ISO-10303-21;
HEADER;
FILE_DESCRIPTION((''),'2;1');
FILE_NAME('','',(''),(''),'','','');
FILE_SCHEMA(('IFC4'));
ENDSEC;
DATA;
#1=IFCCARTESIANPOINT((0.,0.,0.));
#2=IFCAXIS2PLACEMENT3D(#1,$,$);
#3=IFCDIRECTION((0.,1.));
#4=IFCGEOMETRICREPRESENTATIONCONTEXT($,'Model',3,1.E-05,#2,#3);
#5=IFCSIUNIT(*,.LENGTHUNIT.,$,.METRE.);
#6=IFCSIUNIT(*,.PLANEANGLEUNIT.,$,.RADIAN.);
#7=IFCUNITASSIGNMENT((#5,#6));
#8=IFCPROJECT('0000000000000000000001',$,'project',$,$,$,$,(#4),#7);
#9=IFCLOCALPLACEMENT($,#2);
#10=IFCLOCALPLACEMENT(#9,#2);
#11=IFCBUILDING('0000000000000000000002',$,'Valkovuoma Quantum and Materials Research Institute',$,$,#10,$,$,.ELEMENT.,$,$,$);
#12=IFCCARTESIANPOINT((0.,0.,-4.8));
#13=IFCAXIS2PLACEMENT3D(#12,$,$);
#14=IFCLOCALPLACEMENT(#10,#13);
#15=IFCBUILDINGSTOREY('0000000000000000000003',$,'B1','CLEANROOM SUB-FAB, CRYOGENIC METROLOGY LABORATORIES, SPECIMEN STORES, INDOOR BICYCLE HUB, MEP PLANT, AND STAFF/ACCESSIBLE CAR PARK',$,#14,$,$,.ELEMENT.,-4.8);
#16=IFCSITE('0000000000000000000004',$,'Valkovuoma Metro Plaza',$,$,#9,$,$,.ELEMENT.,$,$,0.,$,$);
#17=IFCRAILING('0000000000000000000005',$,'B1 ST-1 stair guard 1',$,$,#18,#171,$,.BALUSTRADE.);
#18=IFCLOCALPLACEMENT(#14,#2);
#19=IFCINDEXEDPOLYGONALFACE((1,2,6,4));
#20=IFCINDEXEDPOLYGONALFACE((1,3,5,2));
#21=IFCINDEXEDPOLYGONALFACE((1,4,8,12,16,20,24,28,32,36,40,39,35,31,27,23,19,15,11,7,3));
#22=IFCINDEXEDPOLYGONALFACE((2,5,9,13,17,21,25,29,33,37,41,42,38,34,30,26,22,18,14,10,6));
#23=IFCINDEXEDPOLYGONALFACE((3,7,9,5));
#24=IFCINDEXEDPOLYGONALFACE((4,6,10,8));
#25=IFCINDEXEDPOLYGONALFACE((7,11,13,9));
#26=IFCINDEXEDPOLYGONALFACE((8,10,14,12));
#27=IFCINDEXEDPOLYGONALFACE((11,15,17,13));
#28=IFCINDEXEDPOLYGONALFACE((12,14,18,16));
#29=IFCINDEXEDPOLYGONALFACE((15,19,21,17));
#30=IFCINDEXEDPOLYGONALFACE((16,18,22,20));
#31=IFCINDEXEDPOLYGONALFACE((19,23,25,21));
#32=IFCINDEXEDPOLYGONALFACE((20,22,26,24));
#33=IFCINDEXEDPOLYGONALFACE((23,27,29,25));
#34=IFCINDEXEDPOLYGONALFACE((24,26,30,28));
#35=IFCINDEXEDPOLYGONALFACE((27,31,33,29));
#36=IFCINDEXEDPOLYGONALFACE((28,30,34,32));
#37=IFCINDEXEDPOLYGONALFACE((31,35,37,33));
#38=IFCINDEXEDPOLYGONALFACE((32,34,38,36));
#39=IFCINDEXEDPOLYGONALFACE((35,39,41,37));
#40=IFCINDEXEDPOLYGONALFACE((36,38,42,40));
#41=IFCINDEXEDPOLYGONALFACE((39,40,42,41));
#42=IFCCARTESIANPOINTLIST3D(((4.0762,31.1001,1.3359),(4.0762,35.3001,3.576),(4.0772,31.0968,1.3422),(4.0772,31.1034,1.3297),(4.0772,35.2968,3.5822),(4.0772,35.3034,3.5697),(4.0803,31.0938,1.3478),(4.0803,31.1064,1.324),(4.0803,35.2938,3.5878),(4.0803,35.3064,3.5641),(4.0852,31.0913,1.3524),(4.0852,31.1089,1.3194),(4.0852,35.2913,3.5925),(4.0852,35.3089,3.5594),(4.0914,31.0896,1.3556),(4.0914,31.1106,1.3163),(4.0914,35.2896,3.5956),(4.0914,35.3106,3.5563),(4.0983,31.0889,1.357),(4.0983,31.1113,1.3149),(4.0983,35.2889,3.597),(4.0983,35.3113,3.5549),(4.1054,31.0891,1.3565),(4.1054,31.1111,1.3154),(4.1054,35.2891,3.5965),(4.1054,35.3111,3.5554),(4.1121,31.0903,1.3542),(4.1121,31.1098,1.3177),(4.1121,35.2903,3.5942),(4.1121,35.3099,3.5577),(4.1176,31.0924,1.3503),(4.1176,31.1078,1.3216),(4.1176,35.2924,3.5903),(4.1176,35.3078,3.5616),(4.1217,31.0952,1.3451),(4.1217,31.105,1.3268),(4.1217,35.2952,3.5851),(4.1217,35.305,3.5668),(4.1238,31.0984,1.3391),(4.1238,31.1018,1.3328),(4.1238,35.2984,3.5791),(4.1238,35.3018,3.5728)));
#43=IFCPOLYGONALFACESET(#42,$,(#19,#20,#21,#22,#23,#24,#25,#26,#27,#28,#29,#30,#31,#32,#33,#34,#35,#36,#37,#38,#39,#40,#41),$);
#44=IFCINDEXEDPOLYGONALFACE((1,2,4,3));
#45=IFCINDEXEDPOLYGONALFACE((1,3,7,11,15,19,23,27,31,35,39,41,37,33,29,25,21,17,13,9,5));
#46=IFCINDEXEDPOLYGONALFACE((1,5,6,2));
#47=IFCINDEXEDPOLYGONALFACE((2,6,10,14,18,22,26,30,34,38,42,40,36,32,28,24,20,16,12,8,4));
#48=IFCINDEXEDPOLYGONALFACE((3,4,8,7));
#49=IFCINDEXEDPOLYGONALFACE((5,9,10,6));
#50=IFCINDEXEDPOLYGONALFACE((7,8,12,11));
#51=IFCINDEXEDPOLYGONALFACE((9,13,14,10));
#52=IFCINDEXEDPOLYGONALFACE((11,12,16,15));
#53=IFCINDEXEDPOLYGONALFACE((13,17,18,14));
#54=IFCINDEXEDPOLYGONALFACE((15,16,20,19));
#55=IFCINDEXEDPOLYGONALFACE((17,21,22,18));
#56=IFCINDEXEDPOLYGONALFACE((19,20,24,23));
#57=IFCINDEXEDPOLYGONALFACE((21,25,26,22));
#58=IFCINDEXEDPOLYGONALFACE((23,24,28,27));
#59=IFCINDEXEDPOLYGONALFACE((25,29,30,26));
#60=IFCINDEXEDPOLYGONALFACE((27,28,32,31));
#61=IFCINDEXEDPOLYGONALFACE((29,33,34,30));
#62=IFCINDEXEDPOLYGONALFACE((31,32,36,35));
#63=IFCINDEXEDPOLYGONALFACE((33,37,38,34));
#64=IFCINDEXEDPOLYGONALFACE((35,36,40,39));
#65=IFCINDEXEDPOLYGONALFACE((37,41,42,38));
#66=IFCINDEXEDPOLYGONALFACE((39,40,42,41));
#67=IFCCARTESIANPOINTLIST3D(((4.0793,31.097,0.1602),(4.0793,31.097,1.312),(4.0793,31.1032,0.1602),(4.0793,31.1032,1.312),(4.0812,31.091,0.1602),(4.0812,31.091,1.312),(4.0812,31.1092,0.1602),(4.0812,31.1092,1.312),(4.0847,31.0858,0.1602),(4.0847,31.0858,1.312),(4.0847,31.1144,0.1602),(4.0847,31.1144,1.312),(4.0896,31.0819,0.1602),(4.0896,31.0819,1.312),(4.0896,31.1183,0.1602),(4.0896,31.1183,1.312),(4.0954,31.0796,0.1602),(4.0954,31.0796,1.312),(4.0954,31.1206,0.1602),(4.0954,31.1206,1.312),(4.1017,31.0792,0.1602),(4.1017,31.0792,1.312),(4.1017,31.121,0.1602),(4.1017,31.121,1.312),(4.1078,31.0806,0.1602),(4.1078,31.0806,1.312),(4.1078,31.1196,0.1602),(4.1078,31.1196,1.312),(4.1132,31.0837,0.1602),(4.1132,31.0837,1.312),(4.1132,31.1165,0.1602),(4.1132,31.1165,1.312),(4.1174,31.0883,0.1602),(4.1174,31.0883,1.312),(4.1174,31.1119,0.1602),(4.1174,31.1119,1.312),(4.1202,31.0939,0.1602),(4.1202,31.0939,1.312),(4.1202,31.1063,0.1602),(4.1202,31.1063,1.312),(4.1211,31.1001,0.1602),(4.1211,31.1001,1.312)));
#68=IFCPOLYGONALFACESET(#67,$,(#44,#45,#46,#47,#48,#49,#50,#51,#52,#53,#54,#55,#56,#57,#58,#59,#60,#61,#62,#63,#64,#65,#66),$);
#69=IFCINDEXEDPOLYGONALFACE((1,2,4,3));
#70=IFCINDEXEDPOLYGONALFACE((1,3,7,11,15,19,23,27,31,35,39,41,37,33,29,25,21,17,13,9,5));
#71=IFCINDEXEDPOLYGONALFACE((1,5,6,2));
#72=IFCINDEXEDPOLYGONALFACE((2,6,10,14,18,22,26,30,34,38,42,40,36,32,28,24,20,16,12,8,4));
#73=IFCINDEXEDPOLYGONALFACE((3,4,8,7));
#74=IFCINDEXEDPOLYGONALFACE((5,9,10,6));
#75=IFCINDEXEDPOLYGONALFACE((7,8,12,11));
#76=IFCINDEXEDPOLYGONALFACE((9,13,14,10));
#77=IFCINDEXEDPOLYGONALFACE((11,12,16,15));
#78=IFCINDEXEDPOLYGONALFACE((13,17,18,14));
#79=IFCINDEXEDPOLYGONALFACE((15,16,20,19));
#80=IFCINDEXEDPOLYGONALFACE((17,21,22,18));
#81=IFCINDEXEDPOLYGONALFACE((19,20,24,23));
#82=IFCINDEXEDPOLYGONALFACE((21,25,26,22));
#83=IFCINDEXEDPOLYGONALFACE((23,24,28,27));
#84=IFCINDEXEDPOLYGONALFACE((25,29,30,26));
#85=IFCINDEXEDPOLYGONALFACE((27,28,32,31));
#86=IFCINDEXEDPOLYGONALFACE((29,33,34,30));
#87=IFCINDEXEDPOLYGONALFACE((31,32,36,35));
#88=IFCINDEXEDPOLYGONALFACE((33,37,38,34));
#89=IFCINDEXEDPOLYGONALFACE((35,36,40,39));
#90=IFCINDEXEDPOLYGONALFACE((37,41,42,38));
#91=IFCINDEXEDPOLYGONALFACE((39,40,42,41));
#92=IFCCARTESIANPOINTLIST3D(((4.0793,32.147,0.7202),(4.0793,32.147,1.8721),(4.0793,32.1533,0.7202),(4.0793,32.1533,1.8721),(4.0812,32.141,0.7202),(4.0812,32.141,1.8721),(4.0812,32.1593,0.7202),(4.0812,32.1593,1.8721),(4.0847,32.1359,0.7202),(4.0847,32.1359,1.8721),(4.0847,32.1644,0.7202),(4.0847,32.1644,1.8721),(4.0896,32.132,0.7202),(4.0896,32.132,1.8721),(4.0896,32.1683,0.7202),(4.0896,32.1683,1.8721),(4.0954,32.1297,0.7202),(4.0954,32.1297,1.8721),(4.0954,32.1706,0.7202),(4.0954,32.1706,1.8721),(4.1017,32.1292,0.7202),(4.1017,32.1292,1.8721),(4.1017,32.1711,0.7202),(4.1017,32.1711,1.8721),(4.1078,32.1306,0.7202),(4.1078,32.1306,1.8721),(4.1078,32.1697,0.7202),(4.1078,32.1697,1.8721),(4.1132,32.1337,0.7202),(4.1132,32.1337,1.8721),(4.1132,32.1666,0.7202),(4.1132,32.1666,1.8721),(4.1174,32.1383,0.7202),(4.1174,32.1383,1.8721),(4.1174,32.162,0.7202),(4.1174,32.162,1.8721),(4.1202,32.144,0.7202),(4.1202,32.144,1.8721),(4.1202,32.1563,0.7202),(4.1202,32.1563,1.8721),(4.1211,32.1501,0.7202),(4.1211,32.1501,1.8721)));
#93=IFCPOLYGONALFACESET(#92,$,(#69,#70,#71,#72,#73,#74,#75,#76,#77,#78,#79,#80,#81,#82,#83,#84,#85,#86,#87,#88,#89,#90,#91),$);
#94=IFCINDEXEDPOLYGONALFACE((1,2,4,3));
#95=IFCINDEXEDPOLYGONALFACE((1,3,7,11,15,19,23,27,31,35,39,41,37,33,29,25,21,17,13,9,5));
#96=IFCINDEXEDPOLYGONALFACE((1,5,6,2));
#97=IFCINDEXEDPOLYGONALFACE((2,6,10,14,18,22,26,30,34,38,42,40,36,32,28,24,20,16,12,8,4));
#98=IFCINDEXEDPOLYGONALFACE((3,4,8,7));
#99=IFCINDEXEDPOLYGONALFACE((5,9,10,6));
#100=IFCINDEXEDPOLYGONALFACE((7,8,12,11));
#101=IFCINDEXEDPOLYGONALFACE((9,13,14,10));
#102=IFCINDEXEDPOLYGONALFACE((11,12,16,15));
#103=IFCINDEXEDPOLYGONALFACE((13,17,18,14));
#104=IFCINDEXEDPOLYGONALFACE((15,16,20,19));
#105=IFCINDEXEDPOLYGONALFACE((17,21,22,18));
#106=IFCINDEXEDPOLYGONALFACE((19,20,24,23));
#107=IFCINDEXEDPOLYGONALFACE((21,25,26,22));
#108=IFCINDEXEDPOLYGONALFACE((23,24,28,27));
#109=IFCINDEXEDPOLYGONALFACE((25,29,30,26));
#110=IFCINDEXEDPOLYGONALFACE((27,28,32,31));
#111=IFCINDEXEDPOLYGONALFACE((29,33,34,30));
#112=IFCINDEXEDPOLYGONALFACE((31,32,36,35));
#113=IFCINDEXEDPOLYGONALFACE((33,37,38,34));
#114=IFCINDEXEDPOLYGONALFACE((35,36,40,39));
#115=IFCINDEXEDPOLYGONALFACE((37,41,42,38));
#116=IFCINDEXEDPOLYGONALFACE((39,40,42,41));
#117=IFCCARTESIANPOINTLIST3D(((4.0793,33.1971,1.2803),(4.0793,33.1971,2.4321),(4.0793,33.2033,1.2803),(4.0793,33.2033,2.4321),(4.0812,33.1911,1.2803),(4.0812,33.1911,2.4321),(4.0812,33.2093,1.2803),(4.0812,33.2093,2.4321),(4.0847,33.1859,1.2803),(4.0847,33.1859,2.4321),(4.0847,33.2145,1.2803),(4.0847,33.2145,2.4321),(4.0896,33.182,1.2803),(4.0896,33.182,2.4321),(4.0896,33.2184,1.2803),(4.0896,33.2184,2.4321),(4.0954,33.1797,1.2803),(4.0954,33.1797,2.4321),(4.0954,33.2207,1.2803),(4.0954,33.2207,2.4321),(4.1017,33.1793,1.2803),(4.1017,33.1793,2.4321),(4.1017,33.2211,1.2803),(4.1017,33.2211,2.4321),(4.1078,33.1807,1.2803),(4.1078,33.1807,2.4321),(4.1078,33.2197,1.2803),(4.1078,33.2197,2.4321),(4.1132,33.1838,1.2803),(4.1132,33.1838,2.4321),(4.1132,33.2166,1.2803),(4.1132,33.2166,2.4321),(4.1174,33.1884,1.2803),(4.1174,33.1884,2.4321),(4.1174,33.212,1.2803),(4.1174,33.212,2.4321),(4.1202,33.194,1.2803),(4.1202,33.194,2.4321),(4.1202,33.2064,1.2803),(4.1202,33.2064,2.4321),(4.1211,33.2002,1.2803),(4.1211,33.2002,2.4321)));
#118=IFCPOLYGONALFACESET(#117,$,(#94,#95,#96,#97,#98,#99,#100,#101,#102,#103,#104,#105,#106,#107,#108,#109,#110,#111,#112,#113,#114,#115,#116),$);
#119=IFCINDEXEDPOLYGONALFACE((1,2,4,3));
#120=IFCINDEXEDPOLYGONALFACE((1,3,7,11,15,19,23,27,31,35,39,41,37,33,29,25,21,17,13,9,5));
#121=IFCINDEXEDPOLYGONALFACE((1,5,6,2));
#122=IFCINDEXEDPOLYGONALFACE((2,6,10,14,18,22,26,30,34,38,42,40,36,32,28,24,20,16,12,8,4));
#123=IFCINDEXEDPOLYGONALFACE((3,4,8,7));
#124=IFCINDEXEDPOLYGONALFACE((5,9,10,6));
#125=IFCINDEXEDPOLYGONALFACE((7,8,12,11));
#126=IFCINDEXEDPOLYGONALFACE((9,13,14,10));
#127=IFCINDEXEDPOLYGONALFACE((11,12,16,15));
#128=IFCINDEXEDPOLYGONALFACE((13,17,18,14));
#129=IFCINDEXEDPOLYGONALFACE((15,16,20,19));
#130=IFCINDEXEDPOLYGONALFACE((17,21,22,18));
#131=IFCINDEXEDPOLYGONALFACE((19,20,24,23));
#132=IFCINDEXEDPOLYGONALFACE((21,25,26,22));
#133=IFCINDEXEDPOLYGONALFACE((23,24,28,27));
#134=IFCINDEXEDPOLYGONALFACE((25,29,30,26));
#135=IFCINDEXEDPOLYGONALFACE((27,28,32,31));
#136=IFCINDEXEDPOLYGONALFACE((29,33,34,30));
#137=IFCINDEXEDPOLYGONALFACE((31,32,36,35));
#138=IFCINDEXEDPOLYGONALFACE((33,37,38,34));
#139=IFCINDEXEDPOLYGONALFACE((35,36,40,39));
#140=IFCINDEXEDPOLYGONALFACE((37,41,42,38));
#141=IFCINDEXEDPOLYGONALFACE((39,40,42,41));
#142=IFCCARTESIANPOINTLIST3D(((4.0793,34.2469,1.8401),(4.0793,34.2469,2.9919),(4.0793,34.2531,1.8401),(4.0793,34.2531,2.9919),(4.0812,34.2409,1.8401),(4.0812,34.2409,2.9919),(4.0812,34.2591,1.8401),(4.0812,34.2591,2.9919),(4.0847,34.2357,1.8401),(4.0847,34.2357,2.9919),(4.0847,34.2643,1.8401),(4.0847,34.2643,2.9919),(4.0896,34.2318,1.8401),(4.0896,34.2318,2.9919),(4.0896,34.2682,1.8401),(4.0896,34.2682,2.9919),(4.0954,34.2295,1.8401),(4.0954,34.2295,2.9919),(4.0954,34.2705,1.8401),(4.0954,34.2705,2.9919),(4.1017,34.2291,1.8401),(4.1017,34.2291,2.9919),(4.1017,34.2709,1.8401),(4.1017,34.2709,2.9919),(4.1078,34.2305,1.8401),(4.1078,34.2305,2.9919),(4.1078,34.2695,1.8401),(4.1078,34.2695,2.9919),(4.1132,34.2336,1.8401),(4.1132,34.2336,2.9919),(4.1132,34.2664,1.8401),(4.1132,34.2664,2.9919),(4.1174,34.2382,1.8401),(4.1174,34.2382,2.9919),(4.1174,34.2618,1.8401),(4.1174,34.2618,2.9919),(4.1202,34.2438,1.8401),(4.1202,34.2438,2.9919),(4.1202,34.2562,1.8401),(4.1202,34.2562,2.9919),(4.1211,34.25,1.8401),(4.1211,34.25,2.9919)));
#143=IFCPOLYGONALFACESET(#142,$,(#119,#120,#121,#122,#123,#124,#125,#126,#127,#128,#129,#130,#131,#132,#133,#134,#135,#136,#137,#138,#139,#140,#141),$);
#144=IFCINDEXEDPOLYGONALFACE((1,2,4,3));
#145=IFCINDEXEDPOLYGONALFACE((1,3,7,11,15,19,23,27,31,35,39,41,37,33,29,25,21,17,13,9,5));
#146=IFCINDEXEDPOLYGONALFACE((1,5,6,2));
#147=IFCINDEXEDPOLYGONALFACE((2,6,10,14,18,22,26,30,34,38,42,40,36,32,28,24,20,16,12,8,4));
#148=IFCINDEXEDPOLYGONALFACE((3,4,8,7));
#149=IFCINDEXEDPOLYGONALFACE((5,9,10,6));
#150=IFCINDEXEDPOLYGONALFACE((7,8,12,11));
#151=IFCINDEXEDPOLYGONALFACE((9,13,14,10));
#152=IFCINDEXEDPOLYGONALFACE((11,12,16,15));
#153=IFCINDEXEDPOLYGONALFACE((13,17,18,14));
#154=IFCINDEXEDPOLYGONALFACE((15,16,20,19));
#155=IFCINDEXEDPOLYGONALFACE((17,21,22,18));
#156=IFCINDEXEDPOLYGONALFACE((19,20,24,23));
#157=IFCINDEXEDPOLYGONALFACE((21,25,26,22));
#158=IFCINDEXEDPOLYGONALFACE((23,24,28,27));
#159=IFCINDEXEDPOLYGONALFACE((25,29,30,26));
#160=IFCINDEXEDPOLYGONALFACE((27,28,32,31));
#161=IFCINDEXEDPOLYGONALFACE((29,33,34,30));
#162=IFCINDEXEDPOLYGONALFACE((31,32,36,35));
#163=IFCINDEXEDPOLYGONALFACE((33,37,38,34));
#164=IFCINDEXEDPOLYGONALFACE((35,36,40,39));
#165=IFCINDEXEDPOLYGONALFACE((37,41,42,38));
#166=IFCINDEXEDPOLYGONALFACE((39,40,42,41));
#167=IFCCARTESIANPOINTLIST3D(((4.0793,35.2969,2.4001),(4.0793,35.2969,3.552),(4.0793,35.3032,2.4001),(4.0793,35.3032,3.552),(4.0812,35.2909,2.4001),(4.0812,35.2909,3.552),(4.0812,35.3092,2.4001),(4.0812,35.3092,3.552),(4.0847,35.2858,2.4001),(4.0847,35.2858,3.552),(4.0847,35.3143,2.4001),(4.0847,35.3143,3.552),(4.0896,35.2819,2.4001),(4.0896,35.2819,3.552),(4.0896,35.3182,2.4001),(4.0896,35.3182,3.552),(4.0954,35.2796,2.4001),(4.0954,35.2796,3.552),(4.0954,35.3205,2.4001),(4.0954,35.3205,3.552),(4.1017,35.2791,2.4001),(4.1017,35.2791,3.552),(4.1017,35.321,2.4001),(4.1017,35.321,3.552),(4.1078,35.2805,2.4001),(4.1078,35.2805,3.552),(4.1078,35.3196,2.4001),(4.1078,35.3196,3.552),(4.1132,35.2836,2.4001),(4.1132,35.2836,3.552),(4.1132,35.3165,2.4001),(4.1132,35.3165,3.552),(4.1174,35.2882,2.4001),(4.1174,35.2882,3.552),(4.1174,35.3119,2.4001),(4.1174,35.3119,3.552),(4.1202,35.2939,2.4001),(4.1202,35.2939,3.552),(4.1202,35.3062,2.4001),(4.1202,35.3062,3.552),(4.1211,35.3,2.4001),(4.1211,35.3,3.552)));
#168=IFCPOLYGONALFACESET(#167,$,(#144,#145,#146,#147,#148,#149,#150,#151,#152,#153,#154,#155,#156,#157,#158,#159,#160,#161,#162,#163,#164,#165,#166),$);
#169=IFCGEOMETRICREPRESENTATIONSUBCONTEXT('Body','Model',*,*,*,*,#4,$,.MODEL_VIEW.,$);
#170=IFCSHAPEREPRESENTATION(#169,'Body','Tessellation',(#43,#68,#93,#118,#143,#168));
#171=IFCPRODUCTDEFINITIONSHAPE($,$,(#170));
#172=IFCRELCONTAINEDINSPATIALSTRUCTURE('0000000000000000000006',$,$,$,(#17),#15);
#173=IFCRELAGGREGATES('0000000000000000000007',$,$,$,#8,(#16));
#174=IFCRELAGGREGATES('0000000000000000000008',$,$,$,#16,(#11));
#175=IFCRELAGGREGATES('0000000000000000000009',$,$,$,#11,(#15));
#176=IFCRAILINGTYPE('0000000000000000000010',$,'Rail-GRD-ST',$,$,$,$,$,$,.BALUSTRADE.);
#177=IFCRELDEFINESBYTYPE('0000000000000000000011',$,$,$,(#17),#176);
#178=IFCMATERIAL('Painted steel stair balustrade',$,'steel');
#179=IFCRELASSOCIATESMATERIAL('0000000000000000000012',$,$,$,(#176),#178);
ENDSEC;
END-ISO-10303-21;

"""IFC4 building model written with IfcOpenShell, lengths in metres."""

from ifc_helpers import new_model, si_unit, direction, frame, origin, origin_2d, place, context, subcontext, project, spatial, circle, extrude, material, type_object, element, save


model = new_model("IFC4")

# Units and contexts
model_context = context("Model", 3, precision=1e-05, world=origin(), true_north=direction((0.0, 1.0)))
body_context = subcontext(model_context, "Body", "Model", "MODEL_VIEW")
ifc_project = project(units=[si_unit("LENGTHUNIT", "METRE"), si_unit("PLANEANGLEUNIT", "RADIAN")], contexts=[model_context])

# Site, building, storey
site_placement = place(None, origin())
site = spatial("IfcSite", under=ifc_project, at=site_placement, Name="Valkovuoma Metro Plaza", CompositionType="ELEMENT", RefElevation=0.0)
building_placement = place(site_placement, origin())
building = spatial("IfcBuilding", under=site, at=building_placement, Name="Valkovuoma Quantum and Materials Research Institute", CompositionType="ELEMENT")
storey_placement = place(building_placement, frame((0.0, 0.0, -4.8)))
storey = spatial("IfcBuildingStorey", under=building, at=storey_placement, Name="B1", Description="CLEANROOM SUB-FAB, CRYOGENIC METROLOGY LABORATORIES, SPECIMEN STORES, INDOOR BICYCLE HUB, MEP PLANT, AND STAFF/ACCESSIBLE CAR PARK", CompositionType="ELEMENT", Elevation=-4.8)

# Railing
ifc_material_1 = material(Name="Painted steel stair balustrade", Category="steel")
railing_type_1 = type_object("IfcRailingType", Name="Rail-GRD-ST", PredefinedType="BALUSTRADE", material=ifc_material_1)
railing_1_placement = place(storey_placement, frame((4.1001, 31.1001, 0.1602)))
element("IfcRailing", 1, at=railing_1_placement, inside=storey, type_object=railing_type_1, Name="B1 ST-1 stair guard 1", PredefinedType="BALUSTRADE", context=body_context, shape_type="SweptSolid", body=[
    extrude(circle(Radius=0.0239, at=origin_2d()), frame((0.0, 0.0, 1.1758), z_axis=(0.0, 0.882352, 0.470591), x_axis=(-1.0, 0.0, 0.0)), (0.0, 0.0, 1.0), 4.76),
    extrude(circle(Radius=0.021, at=origin_2d()), origin(), (0.0, 0.0, 1.0), 1.1519),
    extrude(circle(Radius=0.021, at=origin_2d()), frame((0.0, 1.05, 0.5601)), (0.0, 0.0, 1.0), 1.1519),
    extrude(circle(Radius=0.021, at=origin_2d()), frame((0.0, 2.1001, 1.1201)), (0.0, 0.0, 1.0), 1.1519),
    extrude(circle(Radius=0.021, at=origin_2d()), frame((0.0, 3.1499, 1.6799)), (0.0, 0.0, 1.0), 1.1519),
    extrude(circle(Radius=0.021, at=origin_2d()), frame((0.0, 4.2, 2.24)), (0.0, 0.0, 1.0), 1.1519),
])

save(model, "model.ifc")
